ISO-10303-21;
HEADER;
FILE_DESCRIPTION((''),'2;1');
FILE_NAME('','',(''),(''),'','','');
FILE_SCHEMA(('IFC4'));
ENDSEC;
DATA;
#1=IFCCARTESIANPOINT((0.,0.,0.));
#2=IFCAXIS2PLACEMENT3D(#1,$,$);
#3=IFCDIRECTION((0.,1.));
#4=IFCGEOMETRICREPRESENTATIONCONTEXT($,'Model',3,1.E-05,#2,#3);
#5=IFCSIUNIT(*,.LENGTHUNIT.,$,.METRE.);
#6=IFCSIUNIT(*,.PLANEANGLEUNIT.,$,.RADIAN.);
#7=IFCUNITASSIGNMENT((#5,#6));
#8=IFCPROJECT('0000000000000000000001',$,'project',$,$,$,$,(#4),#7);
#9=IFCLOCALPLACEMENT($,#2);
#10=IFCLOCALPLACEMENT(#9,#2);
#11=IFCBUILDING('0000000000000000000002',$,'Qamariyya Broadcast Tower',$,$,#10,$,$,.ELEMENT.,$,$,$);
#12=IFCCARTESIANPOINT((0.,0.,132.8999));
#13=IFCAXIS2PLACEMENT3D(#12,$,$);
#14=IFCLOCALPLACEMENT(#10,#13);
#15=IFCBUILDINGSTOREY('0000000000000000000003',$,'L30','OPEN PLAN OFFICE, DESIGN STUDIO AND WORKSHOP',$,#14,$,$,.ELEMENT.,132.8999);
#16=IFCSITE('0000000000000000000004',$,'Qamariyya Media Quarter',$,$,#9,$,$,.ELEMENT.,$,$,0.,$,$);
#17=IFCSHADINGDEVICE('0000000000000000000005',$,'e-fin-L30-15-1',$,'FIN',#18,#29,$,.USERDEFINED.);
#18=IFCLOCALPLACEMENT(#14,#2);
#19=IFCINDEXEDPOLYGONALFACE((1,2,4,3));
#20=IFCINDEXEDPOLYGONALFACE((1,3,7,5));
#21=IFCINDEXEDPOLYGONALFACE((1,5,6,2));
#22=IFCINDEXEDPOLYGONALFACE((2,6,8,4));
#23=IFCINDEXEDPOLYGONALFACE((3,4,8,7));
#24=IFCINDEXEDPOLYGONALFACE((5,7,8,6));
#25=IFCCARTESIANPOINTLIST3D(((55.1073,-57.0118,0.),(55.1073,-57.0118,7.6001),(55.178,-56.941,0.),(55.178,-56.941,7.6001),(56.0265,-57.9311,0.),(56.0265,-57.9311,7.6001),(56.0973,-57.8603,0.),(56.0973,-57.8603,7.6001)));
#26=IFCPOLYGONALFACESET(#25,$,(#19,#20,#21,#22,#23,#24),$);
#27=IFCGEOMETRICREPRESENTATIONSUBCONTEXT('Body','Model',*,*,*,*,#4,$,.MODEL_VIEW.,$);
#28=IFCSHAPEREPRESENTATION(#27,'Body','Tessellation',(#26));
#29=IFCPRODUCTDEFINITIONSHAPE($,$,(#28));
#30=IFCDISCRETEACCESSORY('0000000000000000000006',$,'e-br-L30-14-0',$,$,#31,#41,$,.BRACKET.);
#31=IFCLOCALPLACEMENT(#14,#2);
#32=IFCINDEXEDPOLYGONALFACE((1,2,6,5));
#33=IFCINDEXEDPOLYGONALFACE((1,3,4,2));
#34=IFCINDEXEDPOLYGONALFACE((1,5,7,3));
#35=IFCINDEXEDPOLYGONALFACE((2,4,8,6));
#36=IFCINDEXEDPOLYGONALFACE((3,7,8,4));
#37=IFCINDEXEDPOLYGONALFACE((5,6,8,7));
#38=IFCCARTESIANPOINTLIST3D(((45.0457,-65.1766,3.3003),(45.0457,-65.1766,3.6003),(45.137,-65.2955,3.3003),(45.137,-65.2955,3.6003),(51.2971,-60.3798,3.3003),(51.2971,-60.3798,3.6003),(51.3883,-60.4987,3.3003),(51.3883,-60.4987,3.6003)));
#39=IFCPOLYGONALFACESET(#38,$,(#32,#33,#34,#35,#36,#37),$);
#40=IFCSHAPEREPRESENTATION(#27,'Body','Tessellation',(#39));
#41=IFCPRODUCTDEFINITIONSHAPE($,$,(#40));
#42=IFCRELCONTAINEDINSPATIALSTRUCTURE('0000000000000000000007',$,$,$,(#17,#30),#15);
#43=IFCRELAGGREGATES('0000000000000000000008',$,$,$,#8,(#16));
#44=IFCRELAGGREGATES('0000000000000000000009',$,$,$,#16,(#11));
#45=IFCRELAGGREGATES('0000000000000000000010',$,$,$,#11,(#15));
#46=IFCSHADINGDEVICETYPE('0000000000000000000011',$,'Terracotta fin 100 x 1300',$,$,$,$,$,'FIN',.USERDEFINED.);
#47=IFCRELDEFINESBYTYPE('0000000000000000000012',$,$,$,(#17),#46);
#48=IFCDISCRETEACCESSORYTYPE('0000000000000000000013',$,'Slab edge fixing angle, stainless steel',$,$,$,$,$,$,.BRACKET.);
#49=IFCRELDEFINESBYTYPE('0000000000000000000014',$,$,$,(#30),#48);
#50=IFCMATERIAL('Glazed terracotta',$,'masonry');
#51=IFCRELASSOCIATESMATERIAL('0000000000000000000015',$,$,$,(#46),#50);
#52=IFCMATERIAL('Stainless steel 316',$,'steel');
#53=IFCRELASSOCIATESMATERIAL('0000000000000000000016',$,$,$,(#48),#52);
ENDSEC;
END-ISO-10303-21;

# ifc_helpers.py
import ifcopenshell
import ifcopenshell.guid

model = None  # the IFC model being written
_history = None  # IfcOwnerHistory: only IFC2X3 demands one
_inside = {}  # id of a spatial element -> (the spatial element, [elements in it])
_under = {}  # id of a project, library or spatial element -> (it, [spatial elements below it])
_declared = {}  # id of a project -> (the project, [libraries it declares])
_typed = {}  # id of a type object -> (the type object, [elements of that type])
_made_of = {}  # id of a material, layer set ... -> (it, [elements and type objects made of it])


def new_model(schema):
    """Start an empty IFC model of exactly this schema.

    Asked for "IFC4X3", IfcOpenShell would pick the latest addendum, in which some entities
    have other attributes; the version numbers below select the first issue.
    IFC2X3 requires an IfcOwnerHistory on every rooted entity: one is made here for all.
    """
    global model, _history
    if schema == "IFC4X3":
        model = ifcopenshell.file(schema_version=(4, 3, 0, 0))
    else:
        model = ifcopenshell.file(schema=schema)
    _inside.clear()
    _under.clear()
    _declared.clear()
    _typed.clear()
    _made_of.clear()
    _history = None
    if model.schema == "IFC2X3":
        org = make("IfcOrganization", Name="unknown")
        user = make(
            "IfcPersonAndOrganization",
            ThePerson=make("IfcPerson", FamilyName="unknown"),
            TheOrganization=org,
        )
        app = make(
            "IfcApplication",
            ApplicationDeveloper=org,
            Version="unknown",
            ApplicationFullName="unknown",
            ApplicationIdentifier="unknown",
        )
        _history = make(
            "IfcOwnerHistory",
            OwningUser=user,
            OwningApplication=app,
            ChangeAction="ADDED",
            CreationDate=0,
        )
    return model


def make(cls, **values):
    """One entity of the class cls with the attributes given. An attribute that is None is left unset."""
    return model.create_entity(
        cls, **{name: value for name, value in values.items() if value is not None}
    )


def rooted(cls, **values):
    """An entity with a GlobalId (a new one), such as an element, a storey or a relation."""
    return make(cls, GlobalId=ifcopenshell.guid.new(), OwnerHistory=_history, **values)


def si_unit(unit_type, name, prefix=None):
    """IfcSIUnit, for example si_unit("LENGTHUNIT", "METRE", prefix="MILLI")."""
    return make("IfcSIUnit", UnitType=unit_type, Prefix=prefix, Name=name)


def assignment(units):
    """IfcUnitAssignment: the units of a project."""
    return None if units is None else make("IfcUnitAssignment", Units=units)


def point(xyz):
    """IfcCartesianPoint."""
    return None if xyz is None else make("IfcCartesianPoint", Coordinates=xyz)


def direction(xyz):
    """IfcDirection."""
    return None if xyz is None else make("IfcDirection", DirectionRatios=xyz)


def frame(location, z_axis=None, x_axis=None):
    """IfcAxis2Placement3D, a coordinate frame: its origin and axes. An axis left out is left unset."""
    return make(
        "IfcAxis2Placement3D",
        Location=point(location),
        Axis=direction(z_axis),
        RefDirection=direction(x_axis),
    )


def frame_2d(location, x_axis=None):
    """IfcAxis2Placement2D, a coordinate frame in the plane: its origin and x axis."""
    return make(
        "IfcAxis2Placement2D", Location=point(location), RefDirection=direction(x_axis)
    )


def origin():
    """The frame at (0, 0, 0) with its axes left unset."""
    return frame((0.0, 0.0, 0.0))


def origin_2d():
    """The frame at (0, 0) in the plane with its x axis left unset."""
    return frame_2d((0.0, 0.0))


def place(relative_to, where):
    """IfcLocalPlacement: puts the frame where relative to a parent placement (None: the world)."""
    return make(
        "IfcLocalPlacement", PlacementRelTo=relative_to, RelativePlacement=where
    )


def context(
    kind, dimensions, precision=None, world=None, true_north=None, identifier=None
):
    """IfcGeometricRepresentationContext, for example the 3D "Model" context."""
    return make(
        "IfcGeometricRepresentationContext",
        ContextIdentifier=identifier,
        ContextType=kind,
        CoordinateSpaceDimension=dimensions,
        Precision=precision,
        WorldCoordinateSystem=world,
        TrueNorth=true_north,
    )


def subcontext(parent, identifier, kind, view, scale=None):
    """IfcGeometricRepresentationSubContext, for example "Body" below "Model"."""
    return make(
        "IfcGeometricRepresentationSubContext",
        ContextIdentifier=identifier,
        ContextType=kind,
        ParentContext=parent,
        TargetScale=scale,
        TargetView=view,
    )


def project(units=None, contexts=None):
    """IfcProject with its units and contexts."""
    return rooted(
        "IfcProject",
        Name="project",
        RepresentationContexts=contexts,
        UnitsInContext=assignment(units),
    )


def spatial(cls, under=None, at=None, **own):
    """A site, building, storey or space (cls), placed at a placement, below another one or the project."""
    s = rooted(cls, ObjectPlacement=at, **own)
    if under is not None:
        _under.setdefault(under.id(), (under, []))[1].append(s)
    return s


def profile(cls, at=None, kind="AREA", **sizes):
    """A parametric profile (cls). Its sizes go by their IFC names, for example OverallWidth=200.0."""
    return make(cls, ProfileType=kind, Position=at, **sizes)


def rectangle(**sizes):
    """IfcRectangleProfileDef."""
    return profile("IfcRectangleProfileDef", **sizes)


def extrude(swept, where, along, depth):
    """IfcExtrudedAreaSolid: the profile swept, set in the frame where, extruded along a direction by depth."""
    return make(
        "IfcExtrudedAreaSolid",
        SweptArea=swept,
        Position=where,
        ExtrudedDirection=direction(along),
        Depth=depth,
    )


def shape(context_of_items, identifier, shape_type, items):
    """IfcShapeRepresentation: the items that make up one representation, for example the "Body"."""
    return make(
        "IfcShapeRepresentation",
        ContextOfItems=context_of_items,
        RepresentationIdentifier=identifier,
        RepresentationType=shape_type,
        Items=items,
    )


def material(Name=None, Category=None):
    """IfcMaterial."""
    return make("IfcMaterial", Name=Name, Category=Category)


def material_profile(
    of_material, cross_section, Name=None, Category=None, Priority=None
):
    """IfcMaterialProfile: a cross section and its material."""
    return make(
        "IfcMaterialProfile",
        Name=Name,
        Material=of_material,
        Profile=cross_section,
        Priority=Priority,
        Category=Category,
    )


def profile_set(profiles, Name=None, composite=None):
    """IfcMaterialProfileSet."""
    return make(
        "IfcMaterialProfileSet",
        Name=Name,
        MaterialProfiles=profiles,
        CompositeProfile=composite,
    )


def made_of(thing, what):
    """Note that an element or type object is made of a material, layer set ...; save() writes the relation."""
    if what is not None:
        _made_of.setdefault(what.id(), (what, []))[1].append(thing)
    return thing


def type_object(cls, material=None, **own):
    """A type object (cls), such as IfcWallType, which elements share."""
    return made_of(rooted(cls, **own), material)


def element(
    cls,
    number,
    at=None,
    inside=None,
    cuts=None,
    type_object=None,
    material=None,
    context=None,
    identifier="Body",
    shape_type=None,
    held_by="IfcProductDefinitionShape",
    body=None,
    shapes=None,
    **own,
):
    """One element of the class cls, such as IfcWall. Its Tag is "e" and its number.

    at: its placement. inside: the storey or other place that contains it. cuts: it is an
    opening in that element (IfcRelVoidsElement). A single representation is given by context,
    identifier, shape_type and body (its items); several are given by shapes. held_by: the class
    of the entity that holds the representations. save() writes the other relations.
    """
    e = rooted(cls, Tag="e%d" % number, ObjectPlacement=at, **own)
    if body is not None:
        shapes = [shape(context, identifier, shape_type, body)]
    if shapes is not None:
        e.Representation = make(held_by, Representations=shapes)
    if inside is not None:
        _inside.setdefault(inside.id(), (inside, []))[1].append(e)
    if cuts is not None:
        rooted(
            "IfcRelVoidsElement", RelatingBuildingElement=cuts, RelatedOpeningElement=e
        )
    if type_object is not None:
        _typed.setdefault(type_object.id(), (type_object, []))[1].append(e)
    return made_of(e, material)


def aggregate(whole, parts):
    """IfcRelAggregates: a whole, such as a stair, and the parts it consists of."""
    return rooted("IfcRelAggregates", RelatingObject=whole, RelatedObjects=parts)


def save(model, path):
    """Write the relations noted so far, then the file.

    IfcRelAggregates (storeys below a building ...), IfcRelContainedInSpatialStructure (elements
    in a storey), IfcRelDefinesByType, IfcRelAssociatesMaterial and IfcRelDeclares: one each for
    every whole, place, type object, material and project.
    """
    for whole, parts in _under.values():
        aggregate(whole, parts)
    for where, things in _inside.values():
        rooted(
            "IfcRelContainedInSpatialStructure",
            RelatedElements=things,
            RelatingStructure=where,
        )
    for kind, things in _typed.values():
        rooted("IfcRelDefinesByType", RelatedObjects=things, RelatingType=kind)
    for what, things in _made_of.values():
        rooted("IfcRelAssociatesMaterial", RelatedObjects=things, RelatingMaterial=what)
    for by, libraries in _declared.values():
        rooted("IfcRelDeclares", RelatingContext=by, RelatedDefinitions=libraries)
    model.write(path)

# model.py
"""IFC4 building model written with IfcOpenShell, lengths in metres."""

from ifc_helpers import new_model, si_unit, direction, frame, origin, origin_2d, place, context, subcontext, project, spatial, rectangle, extrude, material, material_profile, profile_set, type_object, element, save


model = new_model("IFC4")

# Units and contexts
model_context = context("Model", 3, precision=1e-05, world=origin(), true_north=direction((0.0, 1.0)))
body_context = subcontext(model_context, "Body", "Model", "MODEL_VIEW")
ifc_project = project(units=[si_unit("LENGTHUNIT", "METRE"), si_unit("PLANEANGLEUNIT", "RADIAN")], contexts=[model_context])

# Site, building, storey
site_placement = place(None, origin())
site = spatial("IfcSite", under=ifc_project, at=site_placement, Name="Qamariyya Media Quarter", CompositionType="ELEMENT", RefElevation=0.0)
building_placement = place(site_placement, origin())
building = spatial("IfcBuilding", under=site, at=building_placement, Name="Qamariyya Broadcast Tower", CompositionType="ELEMENT")
storey_placement = place(building_placement, frame((0.0, 0.0, 132.8999)))
storey = spatial("IfcBuildingStorey", under=building, at=storey_placement, Name="L30", Description="OPEN PLAN OFFICE, DESIGN STUDIO AND WORKSHOP", CompositionType="ELEMENT", Elevation=132.8999)

# Shading device
ifc_material_1 = material(Name="Glazed terracotta", Category="masonry")
ifc_material_profile_1 = material_profile(ifc_material_1, rectangle(XDim=1.3, YDim=0.1001, at=origin_2d()))
ifc_profile_set_1 = profile_set([ifc_material_profile_1], Name="Glazed terracotta")
shading_device_type_1 = type_object("IfcShadingDeviceType", Name="Terracotta fin 100 x 1300", ElementType="FIN", PredefinedType="USERDEFINED", material=ifc_profile_set_1)
for number, where, z_axis, x_axis, name in (
    (1, (55.6023, -57.436, 0.0), (0.0, 0.0, 1.0), (0.707107, -0.707107, 0.0), "e-fin-L30-15-1"),
):
    element("IfcShadingDevice", number, at=place(storey_placement, frame(where, z_axis=z_axis, x_axis=x_axis)), inside=storey, type_object=shading_device_type_1, Name=name, ObjectType="FIN", PredefinedType="USERDEFINED", context=body_context, shape_type="SweptSolid", body=[
        extrude(rectangle(XDim=1.3, YDim=0.1001, at=origin_2d()), origin(), (0.0, 0.0, 1.0), 7.6001),
    ])

# Discrete accessory
ifc_material_2 = material(Name="Stainless steel 316", Category="steel")
discrete_accessory_type = type_object("IfcDiscreteAccessoryType", Name="Slab edge fixing angle, stainless steel", PredefinedType="BRACKET", material=ifc_material_2)
discrete_accessory_placement = place(storey_placement, frame((48.217, -62.8376, 3.3003), z_axis=(0.0, 0.0, 1.0), x_axis=(0.793353, 0.608761, 0.0)))
element("IfcDiscreteAccessory", 2, at=discrete_accessory_placement, inside=storey, type_object=discrete_accessory_type, Name="e-br-L30-14-0", PredefinedType="BRACKET", context=body_context, shape_type="SweptSolid", body=[
    extrude(rectangle(XDim=7.8796, YDim=0.1499, at=origin_2d()), origin(), (0.0, 0.0, 1.0), 0.3),
])

save(model, "model.ifc")
